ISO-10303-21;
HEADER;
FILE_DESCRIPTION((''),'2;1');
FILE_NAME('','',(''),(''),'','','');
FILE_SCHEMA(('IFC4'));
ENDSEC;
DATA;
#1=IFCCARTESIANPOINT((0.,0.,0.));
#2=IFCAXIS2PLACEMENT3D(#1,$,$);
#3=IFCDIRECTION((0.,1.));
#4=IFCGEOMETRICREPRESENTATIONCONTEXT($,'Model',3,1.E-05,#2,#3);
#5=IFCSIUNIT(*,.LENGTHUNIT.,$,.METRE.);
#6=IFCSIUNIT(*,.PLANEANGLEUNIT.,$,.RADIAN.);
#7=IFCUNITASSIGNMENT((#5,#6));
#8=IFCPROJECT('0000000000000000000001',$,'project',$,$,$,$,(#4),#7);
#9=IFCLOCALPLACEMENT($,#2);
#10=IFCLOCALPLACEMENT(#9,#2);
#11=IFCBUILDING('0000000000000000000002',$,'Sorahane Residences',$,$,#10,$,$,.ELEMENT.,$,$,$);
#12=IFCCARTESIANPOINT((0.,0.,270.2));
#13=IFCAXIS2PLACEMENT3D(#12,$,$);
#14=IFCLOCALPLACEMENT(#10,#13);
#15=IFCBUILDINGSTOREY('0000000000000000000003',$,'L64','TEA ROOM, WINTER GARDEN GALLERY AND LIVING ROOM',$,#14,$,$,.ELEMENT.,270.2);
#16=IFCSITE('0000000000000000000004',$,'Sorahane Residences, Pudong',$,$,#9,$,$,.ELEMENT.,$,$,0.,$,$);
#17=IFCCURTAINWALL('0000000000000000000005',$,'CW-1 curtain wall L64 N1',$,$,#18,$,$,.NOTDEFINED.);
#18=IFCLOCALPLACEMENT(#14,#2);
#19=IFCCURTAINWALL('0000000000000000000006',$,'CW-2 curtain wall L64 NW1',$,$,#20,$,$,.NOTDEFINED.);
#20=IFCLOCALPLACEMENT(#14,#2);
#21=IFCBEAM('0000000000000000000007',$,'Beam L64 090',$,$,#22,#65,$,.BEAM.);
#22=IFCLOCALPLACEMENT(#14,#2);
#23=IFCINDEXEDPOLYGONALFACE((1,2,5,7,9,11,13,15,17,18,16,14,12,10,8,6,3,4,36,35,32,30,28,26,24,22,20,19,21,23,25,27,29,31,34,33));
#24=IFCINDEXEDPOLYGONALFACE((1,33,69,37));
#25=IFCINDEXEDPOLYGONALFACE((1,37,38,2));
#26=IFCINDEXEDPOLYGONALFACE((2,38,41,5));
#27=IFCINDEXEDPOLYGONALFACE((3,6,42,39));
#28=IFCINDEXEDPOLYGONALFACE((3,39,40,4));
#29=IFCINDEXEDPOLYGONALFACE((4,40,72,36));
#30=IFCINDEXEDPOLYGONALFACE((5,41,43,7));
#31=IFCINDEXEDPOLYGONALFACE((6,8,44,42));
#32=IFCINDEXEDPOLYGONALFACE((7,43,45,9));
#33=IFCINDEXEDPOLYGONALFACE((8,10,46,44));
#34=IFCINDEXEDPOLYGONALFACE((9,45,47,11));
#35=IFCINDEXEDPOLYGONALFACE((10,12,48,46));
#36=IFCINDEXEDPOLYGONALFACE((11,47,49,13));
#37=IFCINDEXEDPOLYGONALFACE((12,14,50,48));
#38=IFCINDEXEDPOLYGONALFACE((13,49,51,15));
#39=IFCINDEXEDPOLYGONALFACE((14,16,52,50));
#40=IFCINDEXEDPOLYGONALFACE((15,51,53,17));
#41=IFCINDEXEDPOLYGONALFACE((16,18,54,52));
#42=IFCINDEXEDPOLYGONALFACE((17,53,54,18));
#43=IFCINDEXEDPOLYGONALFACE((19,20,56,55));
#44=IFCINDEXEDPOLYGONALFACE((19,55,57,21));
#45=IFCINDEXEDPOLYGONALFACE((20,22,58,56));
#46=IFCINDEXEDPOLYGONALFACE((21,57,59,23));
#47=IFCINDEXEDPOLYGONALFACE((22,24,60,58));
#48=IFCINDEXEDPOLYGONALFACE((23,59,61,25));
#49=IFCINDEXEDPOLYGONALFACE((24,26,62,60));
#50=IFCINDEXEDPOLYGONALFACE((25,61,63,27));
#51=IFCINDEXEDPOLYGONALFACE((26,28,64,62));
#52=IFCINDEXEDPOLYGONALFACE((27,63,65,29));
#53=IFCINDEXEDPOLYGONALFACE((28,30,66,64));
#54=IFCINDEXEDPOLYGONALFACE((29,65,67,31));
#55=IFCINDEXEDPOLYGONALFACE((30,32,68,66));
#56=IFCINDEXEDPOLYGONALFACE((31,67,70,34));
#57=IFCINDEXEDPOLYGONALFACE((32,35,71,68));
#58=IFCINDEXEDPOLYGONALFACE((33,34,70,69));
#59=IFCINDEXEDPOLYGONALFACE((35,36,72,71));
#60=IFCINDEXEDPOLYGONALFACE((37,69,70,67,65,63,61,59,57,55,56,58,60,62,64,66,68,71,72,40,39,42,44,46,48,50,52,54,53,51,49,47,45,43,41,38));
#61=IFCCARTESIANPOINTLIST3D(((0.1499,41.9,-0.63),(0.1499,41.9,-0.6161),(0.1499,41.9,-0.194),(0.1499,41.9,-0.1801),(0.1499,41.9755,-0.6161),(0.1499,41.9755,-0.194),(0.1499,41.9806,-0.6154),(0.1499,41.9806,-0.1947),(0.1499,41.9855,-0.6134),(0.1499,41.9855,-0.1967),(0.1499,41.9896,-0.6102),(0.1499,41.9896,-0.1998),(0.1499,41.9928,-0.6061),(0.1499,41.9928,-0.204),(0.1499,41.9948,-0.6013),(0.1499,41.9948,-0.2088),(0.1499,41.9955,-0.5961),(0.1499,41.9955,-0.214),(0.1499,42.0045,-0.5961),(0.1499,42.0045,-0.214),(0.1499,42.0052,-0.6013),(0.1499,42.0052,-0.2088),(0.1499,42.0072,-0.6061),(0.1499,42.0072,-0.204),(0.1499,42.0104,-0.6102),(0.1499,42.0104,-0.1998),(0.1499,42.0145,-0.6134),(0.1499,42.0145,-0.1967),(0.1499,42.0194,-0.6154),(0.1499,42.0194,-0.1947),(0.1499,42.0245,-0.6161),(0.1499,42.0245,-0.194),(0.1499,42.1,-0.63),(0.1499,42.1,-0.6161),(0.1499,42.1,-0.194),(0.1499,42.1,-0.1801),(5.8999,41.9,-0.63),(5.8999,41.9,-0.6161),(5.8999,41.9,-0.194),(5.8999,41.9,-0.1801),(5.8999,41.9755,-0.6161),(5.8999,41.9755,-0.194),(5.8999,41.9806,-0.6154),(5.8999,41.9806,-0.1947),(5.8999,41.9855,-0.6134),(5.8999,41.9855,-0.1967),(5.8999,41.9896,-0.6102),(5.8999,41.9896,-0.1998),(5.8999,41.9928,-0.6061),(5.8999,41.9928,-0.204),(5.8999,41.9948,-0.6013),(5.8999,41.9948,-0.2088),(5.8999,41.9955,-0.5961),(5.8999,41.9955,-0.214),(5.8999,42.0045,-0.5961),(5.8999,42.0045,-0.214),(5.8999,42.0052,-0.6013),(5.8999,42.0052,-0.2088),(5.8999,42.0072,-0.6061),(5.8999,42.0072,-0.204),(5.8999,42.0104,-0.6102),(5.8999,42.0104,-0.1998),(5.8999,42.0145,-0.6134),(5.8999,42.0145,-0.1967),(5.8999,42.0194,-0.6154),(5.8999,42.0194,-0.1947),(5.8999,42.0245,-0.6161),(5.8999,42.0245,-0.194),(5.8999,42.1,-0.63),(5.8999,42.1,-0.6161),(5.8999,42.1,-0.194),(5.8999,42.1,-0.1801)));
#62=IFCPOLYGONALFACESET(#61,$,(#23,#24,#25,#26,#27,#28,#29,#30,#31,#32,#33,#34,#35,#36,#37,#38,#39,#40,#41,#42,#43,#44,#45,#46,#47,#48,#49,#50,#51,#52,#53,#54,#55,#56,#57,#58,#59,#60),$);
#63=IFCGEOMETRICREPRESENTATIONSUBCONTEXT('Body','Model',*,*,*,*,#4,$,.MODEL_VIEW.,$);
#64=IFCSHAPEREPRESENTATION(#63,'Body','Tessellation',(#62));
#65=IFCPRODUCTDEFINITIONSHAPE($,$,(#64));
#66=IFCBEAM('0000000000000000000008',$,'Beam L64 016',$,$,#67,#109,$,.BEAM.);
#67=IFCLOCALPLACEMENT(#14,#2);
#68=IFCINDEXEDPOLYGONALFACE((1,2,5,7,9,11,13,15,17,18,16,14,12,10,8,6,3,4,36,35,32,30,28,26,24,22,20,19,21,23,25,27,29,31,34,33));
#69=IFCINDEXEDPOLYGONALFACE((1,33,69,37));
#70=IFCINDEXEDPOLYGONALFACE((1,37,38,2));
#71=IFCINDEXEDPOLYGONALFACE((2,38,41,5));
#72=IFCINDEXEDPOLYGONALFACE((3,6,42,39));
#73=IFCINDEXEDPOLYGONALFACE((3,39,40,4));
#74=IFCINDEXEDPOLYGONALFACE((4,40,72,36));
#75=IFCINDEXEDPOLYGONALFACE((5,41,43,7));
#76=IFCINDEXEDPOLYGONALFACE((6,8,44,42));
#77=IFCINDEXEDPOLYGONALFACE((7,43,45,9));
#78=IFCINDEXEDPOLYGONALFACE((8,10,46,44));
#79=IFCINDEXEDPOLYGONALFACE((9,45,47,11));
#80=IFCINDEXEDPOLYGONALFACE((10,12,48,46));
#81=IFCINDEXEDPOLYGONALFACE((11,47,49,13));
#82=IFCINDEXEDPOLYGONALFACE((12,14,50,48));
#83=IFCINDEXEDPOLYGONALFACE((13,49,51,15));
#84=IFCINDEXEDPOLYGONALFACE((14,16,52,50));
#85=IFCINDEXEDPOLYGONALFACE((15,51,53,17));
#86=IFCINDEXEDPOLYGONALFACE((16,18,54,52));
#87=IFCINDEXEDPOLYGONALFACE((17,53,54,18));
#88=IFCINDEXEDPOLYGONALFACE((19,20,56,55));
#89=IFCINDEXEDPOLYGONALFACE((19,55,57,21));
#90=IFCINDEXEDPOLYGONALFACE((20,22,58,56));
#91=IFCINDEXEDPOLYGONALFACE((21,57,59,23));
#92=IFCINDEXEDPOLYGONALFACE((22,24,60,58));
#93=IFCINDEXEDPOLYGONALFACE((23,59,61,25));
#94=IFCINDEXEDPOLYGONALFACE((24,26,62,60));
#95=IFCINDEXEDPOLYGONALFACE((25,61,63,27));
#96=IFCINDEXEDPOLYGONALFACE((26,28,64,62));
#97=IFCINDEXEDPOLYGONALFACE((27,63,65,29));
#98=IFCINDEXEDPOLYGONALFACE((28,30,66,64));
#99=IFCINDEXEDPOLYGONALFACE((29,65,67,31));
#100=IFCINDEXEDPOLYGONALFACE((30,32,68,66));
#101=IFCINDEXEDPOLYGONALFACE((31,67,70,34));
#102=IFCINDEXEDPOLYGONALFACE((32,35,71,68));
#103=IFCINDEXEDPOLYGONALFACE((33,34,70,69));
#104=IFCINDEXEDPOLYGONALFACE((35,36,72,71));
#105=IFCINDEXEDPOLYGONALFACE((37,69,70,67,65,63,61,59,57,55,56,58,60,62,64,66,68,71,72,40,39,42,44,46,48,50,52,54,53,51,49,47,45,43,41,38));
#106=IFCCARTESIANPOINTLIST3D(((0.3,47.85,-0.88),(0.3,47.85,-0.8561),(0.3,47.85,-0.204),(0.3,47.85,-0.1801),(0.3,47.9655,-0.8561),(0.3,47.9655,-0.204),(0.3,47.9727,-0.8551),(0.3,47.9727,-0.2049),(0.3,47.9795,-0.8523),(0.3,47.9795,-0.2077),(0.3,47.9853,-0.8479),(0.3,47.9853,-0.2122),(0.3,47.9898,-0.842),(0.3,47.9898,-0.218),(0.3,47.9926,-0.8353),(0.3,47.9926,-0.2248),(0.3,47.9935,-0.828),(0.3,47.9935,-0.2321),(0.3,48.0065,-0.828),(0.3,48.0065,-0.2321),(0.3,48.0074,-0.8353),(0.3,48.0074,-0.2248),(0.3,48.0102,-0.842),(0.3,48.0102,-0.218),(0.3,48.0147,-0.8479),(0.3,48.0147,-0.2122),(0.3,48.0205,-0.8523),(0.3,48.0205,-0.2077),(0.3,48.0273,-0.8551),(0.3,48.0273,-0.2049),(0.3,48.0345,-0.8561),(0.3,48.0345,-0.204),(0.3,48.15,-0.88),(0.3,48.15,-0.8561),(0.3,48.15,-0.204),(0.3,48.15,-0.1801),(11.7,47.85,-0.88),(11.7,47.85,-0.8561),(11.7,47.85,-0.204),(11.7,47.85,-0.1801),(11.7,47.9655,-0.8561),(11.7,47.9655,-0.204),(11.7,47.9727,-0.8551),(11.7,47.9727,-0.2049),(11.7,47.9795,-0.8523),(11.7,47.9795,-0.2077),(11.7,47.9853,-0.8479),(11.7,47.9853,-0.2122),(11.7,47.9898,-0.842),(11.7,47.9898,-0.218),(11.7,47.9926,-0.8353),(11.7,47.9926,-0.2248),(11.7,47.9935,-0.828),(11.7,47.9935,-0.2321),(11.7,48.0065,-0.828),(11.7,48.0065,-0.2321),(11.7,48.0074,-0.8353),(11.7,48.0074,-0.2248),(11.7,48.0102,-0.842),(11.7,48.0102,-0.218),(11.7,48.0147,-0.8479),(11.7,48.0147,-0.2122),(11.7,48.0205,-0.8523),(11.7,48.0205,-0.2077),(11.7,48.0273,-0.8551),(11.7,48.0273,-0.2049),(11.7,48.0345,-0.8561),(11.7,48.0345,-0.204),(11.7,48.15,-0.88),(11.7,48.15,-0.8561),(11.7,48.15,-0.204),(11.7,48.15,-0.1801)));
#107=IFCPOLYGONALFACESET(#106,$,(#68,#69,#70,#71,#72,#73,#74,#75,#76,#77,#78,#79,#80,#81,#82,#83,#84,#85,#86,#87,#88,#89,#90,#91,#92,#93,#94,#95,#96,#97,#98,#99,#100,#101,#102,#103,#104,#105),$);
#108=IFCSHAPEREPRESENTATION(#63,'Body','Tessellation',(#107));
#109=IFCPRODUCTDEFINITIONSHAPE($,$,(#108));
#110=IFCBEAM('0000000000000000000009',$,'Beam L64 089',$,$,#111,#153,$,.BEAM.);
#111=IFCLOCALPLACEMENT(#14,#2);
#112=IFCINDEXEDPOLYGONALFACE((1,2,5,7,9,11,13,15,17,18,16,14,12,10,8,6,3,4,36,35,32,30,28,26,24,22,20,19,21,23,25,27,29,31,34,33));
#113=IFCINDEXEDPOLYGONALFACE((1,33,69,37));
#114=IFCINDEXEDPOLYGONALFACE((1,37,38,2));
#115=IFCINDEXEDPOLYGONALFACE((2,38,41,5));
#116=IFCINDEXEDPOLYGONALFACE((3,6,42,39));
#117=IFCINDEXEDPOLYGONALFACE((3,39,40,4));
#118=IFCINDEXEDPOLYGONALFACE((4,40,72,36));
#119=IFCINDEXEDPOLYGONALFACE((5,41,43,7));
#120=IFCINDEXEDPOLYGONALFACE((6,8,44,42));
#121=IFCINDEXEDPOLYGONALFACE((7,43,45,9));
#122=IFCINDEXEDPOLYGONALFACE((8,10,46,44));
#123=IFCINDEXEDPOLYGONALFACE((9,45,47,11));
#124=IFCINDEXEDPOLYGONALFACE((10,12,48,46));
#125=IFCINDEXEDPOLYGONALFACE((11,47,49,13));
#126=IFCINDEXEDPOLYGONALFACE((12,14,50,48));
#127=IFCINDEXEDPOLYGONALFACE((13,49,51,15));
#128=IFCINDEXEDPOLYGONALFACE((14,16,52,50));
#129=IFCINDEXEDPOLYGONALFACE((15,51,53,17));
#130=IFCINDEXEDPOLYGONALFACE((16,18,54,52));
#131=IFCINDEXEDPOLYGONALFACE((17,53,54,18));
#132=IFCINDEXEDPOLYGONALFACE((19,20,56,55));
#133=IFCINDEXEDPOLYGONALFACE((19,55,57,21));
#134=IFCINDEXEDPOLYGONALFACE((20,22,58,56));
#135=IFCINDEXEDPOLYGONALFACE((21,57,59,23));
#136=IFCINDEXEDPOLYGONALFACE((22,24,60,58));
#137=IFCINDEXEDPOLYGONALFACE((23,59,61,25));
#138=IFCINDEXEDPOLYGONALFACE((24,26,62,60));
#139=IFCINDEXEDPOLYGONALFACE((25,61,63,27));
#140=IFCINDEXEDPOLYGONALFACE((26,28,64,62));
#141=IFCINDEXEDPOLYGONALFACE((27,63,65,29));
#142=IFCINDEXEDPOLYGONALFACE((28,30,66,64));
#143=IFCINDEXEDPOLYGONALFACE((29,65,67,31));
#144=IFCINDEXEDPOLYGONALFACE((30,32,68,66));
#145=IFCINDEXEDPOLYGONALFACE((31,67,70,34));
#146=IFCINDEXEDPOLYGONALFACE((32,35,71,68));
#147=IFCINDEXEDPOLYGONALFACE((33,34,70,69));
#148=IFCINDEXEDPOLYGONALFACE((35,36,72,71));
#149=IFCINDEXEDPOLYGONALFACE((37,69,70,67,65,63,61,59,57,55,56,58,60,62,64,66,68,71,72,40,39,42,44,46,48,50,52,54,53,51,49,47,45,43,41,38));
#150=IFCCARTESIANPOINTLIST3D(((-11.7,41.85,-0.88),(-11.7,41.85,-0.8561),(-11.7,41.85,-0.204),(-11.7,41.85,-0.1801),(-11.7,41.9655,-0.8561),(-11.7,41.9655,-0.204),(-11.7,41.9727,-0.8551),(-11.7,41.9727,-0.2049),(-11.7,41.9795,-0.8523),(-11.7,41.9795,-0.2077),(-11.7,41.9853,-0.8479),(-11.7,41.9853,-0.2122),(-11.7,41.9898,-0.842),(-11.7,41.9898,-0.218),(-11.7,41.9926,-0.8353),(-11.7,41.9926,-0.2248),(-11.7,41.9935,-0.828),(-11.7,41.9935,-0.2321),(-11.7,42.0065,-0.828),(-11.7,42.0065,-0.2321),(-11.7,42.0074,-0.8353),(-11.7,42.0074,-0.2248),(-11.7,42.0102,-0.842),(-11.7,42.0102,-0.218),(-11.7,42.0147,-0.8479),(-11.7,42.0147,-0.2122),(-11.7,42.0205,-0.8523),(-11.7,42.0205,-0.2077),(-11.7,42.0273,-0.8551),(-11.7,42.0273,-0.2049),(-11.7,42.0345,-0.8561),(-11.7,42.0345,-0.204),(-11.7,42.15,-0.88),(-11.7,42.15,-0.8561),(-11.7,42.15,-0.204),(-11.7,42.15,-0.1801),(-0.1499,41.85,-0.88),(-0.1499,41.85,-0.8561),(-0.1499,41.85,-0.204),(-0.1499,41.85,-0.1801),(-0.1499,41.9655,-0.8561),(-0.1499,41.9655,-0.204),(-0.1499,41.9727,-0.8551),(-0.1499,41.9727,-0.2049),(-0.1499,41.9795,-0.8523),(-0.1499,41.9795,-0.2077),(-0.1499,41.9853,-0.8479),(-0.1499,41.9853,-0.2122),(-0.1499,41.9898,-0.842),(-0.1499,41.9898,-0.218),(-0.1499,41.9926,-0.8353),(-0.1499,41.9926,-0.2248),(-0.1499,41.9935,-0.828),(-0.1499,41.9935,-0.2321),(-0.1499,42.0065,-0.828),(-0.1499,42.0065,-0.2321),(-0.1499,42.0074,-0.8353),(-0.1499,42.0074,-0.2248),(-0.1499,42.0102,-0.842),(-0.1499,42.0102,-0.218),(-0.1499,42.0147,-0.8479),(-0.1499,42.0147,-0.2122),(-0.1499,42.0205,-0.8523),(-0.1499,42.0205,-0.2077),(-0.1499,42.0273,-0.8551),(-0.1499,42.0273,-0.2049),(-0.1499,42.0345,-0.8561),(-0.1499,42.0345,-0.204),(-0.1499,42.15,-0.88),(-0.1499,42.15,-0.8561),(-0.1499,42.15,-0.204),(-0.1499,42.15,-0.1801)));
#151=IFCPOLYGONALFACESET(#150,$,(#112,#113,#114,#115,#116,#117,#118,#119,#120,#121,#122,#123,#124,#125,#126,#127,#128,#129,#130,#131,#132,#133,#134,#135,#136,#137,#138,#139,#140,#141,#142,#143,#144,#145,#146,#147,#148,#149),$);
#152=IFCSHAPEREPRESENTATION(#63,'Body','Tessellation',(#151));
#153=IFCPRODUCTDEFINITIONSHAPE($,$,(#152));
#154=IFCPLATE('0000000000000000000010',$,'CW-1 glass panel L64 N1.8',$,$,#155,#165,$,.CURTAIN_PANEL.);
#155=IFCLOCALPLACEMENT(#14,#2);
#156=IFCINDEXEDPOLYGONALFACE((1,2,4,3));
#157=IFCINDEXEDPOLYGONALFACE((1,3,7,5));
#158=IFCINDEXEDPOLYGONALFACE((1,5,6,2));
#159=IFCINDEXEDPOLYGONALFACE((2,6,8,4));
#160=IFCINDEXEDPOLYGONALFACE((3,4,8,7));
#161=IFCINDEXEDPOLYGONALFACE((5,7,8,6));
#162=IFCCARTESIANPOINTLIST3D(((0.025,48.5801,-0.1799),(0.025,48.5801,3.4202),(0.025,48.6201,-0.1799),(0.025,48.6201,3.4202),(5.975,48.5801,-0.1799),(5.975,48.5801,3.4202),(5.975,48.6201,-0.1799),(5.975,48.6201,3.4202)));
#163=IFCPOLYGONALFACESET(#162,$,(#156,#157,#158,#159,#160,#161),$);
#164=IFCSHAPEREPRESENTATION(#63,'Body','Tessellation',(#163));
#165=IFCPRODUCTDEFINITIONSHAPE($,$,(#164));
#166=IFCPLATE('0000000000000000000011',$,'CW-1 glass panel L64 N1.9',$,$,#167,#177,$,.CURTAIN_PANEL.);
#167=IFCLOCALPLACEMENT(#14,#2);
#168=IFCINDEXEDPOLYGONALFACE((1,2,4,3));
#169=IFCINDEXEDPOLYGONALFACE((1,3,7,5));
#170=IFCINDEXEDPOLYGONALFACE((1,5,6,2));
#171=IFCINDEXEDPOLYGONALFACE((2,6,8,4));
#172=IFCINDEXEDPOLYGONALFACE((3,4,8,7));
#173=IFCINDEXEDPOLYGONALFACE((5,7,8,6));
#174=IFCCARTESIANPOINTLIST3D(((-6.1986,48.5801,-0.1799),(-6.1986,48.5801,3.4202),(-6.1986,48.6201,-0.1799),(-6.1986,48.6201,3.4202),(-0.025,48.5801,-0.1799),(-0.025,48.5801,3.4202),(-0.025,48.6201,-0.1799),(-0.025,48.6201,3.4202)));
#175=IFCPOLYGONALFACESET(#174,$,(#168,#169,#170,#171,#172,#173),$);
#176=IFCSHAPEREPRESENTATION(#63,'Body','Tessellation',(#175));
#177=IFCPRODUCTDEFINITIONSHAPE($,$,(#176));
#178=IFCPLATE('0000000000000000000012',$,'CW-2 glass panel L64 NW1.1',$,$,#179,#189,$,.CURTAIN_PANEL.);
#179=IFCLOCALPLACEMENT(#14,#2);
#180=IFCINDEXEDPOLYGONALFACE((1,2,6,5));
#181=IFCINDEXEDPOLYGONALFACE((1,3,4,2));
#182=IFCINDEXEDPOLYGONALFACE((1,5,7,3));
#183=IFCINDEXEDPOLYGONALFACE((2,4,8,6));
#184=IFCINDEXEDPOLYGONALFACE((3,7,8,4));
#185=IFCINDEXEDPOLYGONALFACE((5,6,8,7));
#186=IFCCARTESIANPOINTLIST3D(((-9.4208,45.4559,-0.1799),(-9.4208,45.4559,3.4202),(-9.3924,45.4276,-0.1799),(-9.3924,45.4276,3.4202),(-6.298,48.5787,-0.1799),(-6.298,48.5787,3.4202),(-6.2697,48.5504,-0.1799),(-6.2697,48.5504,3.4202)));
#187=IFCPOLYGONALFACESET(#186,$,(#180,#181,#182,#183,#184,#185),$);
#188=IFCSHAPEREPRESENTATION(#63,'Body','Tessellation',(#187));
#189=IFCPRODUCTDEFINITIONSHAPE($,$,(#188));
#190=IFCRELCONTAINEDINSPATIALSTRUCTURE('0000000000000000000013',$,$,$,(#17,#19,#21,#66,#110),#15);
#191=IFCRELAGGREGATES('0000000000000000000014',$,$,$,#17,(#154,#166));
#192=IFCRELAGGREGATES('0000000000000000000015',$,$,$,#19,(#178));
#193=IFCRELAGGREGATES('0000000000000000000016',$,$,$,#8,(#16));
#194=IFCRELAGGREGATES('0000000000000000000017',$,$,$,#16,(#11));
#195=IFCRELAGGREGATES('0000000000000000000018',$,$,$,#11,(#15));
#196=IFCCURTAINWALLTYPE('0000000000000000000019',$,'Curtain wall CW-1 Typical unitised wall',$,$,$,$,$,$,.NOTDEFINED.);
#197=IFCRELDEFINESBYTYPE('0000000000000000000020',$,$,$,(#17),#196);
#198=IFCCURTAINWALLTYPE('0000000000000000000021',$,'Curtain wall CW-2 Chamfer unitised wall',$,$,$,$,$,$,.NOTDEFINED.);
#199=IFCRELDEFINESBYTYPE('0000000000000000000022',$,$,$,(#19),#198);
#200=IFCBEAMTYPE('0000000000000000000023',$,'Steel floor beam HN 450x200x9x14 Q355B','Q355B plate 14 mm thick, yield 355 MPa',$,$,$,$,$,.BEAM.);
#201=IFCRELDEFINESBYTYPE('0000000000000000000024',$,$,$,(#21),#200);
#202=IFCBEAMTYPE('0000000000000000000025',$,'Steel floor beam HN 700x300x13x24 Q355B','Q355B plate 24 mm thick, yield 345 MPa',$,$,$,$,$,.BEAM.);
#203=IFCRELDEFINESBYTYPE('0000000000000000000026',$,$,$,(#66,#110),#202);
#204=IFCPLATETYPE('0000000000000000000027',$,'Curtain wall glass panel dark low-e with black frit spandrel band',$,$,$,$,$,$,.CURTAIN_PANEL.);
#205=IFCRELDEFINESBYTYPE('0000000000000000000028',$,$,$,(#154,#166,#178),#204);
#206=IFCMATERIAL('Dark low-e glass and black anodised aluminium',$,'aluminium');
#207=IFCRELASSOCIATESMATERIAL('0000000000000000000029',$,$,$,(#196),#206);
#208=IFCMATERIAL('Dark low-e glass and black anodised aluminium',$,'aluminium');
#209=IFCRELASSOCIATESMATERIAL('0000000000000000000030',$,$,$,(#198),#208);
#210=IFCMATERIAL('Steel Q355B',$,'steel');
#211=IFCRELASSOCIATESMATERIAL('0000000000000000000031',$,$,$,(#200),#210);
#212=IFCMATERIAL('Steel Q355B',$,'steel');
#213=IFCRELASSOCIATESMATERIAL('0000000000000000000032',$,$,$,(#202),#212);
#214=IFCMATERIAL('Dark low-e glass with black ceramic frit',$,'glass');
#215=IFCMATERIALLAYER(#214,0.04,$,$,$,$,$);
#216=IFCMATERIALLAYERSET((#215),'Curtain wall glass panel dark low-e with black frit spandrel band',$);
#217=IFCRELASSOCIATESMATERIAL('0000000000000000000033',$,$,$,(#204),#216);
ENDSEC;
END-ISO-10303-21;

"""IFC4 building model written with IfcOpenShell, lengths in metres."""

from ifc_helpers import new_model, si_unit, direction, frame, origin, origin_2d, place, context, subcontext, project, spatial, rectangle, i_section, extrude, material, layer, layer_set, material_profile, profile_set, type_object, element, aggregate, save


model = new_model("IFC4")

# Units and contexts
model_context = context("Model", 3, precision=1e-05, world=origin(), true_north=direction((0.0, 1.0)))
body_context = subcontext(model_context, "Body", "Model", "MODEL_VIEW")
ifc_project = project(units=[si_unit("LENGTHUNIT", "METRE"), si_unit("PLANEANGLEUNIT", "RADIAN")], contexts=[model_context])

# Site, building, storey
site_placement = place(None, origin())
site = spatial("IfcSite", under=ifc_project, at=site_placement, Name="Sorahane Residences, Pudong", CompositionType="ELEMENT", RefElevation=0.0)
building_placement = place(site_placement, origin())
building = spatial("IfcBuilding", under=site, at=building_placement, Name="Sorahane Residences", CompositionType="ELEMENT")
storey_placement = place(building_placement, frame((0.0, 0.0, 270.2)))
storey = spatial("IfcBuildingStorey", under=building, at=storey_placement, Name="L64", Description="TEA ROOM, WINTER GARDEN GALLERY AND LIVING ROOM", CompositionType="ELEMENT", Elevation=270.2)

# Curtain walls
ifc_material_1 = material(Name="Dark low-e glass and black anodised aluminium", Category="aluminium")
curtain_wall_type_1 = type_object("IfcCurtainWallType", Name="Curtain wall CW-1 Typical unitised wall", PredefinedType="NOTDEFINED", material=ifc_material_1)
curtain_wall_1_placement = place(storey_placement, origin())
curtain_wall_1 = element("IfcCurtainWall", 1, at=curtain_wall_1_placement, inside=storey, type_object=curtain_wall_type_1, Name="CW-1 curtain wall L64 N1", PredefinedType="NOTDEFINED")
ifc_material_2 = material(Name="Dark low-e glass and black anodised aluminium", Category="aluminium")
curtain_wall_type_2 = type_object("IfcCurtainWallType", Name="Curtain wall CW-2 Chamfer unitised wall", PredefinedType="NOTDEFINED", material=ifc_material_2)
curtain_wall_2_placement = place(storey_placement, origin())
curtain_wall_2 = element("IfcCurtainWall", 2, at=curtain_wall_2_placement, inside=storey, type_object=curtain_wall_type_2, Name="CW-2 curtain wall L64 NW1", PredefinedType="NOTDEFINED")

# Beams
ifc_material_3 = material(Name="Steel Q355B", Category="steel")
ifc_material_profile_1 = material_profile(ifc_material_3, i_section(OverallWidth=0.2, OverallDepth=0.45, WebThickness=0.009, FlangeThickness=0.0139, FilletRadius=0.02, at=origin_2d()), Name="HN 450x200x9x14")
ifc_profile_set_1 = profile_set([ifc_material_profile_1], Name="Steel Q355B")
beam_type_1 = type_object("IfcBeamType", Name="Steel floor beam HN 450x200x9x14 Q355B", Description="Q355B plate 14 mm thick, yield 355 MPa", PredefinedType="BEAM", material=ifc_profile_set_1)
beam_1_placement = place(storey_placement, frame((0.1499, 42.0, -0.405), z_axis=(1.0, 0.0, 0.0), x_axis=(0.0, 1.0, 0.0)))
element("IfcBeam", 3, at=beam_1_placement, inside=storey, type_object=beam_type_1, Name="Beam L64 090", PredefinedType="BEAM", context=body_context, shape_type="SweptSolid", body=[
    extrude(i_section(OverallWidth=0.2, OverallDepth=0.45, WebThickness=0.009, FlangeThickness=0.0139, FilletRadius=0.02, at=origin_2d()), origin(), (0.0, 0.0, 1.0), 5.75),
])
ifc_material_4 = material(Name="Steel Q355B", Category="steel")
ifc_material_profile_2 = material_profile(ifc_material_4, i_section(OverallWidth=0.3, OverallDepth=0.7, WebThickness=0.0129, FlangeThickness=0.0239, FilletRadius=0.0281, at=origin_2d()), Name="HN 700x300x13x24")
ifc_profile_set_2 = profile_set([ifc_material_profile_2], Name="Steel Q355B")
beam_type_2 = type_object("IfcBeamType", Name="Steel floor beam HN 700x300x13x24 Q355B", Description="Q355B plate 24 mm thick, yield 345 MPa", PredefinedType="BEAM", material=ifc_profile_set_2)
beam_2_placement = place(storey_placement, frame((0.3, 48.0, -0.53), z_axis=(1.0, 0.0, 0.0), x_axis=(0.0, 1.0, 0.0)))
element("IfcBeam", 4, at=beam_2_placement, inside=storey, type_object=beam_type_2, Name="Beam L64 016", PredefinedType="BEAM", context=body_context, shape_type="SweptSolid", body=[
    extrude(i_section(OverallWidth=0.3, OverallDepth=0.7, WebThickness=0.0129, FlangeThickness=0.0239, FilletRadius=0.0281, at=origin_2d()), origin(), (0.0, 0.0, 1.0), 11.3999),
])
beam_3_placement = place(storey_placement, frame((-11.7, 42.0, -0.53), z_axis=(1.0, 0.0, 0.0), x_axis=(0.0, 1.0, 0.0)))
element("IfcBeam", 5, at=beam_3_placement, inside=storey, type_object=beam_type_2, Name="Beam L64 089", PredefinedType="BEAM", context=body_context, shape_type="SweptSolid", body=[
    extrude(i_section(OverallWidth=0.3, OverallDepth=0.7, WebThickness=0.0129, FlangeThickness=0.0239, FilletRadius=0.0281, at=origin_2d()), origin(), (0.0, 0.0, 1.0), 11.55),
])

# Plates
ifc_material_5 = material(Name="Dark low-e glass with black ceramic frit", Category="glass")
ifc_layer_1 = layer(ifc_material_5, 0.04)
ifc_layer_set_1 = layer_set([ifc_layer_1], Name="Curtain wall glass panel dark low-e with black frit spandrel band")
plate_type = type_object("IfcPlateType", Name="Curtain wall glass panel dark low-e with black frit spandrel band", PredefinedType="CURTAIN_PANEL", material=ifc_layer_set_1)
plate_1_placement = place(storey_placement, frame((3.0, 48.6001, -0.1799), z_axis=(0.0, 0.0, 1.0), x_axis=(-1.0, 0.0, 0.0)))
plate_1 = element("IfcPlate", 6, at=plate_1_placement, type_object=plate_type, Name="CW-1 glass panel L64 N1.8", PredefinedType="CURTAIN_PANEL", context=body_context, shape_type="SweptSolid", body=[
    extrude(rectangle(XDim=5.95, YDim=0.04, at=origin_2d()), origin(), (0.0, 0.0, 1.0), 3.6001),
])
plate_2_placement = place(storey_placement, frame((-3.1118, 48.6001, -0.1799), z_axis=(0.0, 0.0, 1.0), x_axis=(-1.0, 0.0, 0.0)))
plate_2 = element("IfcPlate", 7, at=plate_2_placement, type_object=plate_type, Name="CW-1 glass panel L64 N1.9", PredefinedType="CURTAIN_PANEL", context=body_context, shape_type="SweptSolid", body=[
    extrude(rectangle(XDim=6.1736, YDim=0.04, at=origin_2d()), origin(), (0.0, 0.0, 1.0), 3.6001),
])
aggregate(curtain_wall_1, [plate_1, plate_2])
plate_3_placement = place(storey_placement, frame((-7.8452, 47.0032, -0.1799), z_axis=(0.0, 0.0, 1.0), x_axis=(-0.707107, -0.707107, 0.0)))
plate_3 = element("IfcPlate", 8, at=plate_3_placement, type_object=plate_type, Name="CW-2 glass panel L64 NW1.1", PredefinedType="CURTAIN_PANEL", context=body_context, shape_type="SweptSolid", body=[
    extrude(rectangle(XDim=4.4163, YDim=0.04, at=origin_2d()), origin(), (0.0, 0.0, 1.0), 3.6001),
])
aggregate(curtain_wall_2, [plate_3])

save(model, "model.ifc")
